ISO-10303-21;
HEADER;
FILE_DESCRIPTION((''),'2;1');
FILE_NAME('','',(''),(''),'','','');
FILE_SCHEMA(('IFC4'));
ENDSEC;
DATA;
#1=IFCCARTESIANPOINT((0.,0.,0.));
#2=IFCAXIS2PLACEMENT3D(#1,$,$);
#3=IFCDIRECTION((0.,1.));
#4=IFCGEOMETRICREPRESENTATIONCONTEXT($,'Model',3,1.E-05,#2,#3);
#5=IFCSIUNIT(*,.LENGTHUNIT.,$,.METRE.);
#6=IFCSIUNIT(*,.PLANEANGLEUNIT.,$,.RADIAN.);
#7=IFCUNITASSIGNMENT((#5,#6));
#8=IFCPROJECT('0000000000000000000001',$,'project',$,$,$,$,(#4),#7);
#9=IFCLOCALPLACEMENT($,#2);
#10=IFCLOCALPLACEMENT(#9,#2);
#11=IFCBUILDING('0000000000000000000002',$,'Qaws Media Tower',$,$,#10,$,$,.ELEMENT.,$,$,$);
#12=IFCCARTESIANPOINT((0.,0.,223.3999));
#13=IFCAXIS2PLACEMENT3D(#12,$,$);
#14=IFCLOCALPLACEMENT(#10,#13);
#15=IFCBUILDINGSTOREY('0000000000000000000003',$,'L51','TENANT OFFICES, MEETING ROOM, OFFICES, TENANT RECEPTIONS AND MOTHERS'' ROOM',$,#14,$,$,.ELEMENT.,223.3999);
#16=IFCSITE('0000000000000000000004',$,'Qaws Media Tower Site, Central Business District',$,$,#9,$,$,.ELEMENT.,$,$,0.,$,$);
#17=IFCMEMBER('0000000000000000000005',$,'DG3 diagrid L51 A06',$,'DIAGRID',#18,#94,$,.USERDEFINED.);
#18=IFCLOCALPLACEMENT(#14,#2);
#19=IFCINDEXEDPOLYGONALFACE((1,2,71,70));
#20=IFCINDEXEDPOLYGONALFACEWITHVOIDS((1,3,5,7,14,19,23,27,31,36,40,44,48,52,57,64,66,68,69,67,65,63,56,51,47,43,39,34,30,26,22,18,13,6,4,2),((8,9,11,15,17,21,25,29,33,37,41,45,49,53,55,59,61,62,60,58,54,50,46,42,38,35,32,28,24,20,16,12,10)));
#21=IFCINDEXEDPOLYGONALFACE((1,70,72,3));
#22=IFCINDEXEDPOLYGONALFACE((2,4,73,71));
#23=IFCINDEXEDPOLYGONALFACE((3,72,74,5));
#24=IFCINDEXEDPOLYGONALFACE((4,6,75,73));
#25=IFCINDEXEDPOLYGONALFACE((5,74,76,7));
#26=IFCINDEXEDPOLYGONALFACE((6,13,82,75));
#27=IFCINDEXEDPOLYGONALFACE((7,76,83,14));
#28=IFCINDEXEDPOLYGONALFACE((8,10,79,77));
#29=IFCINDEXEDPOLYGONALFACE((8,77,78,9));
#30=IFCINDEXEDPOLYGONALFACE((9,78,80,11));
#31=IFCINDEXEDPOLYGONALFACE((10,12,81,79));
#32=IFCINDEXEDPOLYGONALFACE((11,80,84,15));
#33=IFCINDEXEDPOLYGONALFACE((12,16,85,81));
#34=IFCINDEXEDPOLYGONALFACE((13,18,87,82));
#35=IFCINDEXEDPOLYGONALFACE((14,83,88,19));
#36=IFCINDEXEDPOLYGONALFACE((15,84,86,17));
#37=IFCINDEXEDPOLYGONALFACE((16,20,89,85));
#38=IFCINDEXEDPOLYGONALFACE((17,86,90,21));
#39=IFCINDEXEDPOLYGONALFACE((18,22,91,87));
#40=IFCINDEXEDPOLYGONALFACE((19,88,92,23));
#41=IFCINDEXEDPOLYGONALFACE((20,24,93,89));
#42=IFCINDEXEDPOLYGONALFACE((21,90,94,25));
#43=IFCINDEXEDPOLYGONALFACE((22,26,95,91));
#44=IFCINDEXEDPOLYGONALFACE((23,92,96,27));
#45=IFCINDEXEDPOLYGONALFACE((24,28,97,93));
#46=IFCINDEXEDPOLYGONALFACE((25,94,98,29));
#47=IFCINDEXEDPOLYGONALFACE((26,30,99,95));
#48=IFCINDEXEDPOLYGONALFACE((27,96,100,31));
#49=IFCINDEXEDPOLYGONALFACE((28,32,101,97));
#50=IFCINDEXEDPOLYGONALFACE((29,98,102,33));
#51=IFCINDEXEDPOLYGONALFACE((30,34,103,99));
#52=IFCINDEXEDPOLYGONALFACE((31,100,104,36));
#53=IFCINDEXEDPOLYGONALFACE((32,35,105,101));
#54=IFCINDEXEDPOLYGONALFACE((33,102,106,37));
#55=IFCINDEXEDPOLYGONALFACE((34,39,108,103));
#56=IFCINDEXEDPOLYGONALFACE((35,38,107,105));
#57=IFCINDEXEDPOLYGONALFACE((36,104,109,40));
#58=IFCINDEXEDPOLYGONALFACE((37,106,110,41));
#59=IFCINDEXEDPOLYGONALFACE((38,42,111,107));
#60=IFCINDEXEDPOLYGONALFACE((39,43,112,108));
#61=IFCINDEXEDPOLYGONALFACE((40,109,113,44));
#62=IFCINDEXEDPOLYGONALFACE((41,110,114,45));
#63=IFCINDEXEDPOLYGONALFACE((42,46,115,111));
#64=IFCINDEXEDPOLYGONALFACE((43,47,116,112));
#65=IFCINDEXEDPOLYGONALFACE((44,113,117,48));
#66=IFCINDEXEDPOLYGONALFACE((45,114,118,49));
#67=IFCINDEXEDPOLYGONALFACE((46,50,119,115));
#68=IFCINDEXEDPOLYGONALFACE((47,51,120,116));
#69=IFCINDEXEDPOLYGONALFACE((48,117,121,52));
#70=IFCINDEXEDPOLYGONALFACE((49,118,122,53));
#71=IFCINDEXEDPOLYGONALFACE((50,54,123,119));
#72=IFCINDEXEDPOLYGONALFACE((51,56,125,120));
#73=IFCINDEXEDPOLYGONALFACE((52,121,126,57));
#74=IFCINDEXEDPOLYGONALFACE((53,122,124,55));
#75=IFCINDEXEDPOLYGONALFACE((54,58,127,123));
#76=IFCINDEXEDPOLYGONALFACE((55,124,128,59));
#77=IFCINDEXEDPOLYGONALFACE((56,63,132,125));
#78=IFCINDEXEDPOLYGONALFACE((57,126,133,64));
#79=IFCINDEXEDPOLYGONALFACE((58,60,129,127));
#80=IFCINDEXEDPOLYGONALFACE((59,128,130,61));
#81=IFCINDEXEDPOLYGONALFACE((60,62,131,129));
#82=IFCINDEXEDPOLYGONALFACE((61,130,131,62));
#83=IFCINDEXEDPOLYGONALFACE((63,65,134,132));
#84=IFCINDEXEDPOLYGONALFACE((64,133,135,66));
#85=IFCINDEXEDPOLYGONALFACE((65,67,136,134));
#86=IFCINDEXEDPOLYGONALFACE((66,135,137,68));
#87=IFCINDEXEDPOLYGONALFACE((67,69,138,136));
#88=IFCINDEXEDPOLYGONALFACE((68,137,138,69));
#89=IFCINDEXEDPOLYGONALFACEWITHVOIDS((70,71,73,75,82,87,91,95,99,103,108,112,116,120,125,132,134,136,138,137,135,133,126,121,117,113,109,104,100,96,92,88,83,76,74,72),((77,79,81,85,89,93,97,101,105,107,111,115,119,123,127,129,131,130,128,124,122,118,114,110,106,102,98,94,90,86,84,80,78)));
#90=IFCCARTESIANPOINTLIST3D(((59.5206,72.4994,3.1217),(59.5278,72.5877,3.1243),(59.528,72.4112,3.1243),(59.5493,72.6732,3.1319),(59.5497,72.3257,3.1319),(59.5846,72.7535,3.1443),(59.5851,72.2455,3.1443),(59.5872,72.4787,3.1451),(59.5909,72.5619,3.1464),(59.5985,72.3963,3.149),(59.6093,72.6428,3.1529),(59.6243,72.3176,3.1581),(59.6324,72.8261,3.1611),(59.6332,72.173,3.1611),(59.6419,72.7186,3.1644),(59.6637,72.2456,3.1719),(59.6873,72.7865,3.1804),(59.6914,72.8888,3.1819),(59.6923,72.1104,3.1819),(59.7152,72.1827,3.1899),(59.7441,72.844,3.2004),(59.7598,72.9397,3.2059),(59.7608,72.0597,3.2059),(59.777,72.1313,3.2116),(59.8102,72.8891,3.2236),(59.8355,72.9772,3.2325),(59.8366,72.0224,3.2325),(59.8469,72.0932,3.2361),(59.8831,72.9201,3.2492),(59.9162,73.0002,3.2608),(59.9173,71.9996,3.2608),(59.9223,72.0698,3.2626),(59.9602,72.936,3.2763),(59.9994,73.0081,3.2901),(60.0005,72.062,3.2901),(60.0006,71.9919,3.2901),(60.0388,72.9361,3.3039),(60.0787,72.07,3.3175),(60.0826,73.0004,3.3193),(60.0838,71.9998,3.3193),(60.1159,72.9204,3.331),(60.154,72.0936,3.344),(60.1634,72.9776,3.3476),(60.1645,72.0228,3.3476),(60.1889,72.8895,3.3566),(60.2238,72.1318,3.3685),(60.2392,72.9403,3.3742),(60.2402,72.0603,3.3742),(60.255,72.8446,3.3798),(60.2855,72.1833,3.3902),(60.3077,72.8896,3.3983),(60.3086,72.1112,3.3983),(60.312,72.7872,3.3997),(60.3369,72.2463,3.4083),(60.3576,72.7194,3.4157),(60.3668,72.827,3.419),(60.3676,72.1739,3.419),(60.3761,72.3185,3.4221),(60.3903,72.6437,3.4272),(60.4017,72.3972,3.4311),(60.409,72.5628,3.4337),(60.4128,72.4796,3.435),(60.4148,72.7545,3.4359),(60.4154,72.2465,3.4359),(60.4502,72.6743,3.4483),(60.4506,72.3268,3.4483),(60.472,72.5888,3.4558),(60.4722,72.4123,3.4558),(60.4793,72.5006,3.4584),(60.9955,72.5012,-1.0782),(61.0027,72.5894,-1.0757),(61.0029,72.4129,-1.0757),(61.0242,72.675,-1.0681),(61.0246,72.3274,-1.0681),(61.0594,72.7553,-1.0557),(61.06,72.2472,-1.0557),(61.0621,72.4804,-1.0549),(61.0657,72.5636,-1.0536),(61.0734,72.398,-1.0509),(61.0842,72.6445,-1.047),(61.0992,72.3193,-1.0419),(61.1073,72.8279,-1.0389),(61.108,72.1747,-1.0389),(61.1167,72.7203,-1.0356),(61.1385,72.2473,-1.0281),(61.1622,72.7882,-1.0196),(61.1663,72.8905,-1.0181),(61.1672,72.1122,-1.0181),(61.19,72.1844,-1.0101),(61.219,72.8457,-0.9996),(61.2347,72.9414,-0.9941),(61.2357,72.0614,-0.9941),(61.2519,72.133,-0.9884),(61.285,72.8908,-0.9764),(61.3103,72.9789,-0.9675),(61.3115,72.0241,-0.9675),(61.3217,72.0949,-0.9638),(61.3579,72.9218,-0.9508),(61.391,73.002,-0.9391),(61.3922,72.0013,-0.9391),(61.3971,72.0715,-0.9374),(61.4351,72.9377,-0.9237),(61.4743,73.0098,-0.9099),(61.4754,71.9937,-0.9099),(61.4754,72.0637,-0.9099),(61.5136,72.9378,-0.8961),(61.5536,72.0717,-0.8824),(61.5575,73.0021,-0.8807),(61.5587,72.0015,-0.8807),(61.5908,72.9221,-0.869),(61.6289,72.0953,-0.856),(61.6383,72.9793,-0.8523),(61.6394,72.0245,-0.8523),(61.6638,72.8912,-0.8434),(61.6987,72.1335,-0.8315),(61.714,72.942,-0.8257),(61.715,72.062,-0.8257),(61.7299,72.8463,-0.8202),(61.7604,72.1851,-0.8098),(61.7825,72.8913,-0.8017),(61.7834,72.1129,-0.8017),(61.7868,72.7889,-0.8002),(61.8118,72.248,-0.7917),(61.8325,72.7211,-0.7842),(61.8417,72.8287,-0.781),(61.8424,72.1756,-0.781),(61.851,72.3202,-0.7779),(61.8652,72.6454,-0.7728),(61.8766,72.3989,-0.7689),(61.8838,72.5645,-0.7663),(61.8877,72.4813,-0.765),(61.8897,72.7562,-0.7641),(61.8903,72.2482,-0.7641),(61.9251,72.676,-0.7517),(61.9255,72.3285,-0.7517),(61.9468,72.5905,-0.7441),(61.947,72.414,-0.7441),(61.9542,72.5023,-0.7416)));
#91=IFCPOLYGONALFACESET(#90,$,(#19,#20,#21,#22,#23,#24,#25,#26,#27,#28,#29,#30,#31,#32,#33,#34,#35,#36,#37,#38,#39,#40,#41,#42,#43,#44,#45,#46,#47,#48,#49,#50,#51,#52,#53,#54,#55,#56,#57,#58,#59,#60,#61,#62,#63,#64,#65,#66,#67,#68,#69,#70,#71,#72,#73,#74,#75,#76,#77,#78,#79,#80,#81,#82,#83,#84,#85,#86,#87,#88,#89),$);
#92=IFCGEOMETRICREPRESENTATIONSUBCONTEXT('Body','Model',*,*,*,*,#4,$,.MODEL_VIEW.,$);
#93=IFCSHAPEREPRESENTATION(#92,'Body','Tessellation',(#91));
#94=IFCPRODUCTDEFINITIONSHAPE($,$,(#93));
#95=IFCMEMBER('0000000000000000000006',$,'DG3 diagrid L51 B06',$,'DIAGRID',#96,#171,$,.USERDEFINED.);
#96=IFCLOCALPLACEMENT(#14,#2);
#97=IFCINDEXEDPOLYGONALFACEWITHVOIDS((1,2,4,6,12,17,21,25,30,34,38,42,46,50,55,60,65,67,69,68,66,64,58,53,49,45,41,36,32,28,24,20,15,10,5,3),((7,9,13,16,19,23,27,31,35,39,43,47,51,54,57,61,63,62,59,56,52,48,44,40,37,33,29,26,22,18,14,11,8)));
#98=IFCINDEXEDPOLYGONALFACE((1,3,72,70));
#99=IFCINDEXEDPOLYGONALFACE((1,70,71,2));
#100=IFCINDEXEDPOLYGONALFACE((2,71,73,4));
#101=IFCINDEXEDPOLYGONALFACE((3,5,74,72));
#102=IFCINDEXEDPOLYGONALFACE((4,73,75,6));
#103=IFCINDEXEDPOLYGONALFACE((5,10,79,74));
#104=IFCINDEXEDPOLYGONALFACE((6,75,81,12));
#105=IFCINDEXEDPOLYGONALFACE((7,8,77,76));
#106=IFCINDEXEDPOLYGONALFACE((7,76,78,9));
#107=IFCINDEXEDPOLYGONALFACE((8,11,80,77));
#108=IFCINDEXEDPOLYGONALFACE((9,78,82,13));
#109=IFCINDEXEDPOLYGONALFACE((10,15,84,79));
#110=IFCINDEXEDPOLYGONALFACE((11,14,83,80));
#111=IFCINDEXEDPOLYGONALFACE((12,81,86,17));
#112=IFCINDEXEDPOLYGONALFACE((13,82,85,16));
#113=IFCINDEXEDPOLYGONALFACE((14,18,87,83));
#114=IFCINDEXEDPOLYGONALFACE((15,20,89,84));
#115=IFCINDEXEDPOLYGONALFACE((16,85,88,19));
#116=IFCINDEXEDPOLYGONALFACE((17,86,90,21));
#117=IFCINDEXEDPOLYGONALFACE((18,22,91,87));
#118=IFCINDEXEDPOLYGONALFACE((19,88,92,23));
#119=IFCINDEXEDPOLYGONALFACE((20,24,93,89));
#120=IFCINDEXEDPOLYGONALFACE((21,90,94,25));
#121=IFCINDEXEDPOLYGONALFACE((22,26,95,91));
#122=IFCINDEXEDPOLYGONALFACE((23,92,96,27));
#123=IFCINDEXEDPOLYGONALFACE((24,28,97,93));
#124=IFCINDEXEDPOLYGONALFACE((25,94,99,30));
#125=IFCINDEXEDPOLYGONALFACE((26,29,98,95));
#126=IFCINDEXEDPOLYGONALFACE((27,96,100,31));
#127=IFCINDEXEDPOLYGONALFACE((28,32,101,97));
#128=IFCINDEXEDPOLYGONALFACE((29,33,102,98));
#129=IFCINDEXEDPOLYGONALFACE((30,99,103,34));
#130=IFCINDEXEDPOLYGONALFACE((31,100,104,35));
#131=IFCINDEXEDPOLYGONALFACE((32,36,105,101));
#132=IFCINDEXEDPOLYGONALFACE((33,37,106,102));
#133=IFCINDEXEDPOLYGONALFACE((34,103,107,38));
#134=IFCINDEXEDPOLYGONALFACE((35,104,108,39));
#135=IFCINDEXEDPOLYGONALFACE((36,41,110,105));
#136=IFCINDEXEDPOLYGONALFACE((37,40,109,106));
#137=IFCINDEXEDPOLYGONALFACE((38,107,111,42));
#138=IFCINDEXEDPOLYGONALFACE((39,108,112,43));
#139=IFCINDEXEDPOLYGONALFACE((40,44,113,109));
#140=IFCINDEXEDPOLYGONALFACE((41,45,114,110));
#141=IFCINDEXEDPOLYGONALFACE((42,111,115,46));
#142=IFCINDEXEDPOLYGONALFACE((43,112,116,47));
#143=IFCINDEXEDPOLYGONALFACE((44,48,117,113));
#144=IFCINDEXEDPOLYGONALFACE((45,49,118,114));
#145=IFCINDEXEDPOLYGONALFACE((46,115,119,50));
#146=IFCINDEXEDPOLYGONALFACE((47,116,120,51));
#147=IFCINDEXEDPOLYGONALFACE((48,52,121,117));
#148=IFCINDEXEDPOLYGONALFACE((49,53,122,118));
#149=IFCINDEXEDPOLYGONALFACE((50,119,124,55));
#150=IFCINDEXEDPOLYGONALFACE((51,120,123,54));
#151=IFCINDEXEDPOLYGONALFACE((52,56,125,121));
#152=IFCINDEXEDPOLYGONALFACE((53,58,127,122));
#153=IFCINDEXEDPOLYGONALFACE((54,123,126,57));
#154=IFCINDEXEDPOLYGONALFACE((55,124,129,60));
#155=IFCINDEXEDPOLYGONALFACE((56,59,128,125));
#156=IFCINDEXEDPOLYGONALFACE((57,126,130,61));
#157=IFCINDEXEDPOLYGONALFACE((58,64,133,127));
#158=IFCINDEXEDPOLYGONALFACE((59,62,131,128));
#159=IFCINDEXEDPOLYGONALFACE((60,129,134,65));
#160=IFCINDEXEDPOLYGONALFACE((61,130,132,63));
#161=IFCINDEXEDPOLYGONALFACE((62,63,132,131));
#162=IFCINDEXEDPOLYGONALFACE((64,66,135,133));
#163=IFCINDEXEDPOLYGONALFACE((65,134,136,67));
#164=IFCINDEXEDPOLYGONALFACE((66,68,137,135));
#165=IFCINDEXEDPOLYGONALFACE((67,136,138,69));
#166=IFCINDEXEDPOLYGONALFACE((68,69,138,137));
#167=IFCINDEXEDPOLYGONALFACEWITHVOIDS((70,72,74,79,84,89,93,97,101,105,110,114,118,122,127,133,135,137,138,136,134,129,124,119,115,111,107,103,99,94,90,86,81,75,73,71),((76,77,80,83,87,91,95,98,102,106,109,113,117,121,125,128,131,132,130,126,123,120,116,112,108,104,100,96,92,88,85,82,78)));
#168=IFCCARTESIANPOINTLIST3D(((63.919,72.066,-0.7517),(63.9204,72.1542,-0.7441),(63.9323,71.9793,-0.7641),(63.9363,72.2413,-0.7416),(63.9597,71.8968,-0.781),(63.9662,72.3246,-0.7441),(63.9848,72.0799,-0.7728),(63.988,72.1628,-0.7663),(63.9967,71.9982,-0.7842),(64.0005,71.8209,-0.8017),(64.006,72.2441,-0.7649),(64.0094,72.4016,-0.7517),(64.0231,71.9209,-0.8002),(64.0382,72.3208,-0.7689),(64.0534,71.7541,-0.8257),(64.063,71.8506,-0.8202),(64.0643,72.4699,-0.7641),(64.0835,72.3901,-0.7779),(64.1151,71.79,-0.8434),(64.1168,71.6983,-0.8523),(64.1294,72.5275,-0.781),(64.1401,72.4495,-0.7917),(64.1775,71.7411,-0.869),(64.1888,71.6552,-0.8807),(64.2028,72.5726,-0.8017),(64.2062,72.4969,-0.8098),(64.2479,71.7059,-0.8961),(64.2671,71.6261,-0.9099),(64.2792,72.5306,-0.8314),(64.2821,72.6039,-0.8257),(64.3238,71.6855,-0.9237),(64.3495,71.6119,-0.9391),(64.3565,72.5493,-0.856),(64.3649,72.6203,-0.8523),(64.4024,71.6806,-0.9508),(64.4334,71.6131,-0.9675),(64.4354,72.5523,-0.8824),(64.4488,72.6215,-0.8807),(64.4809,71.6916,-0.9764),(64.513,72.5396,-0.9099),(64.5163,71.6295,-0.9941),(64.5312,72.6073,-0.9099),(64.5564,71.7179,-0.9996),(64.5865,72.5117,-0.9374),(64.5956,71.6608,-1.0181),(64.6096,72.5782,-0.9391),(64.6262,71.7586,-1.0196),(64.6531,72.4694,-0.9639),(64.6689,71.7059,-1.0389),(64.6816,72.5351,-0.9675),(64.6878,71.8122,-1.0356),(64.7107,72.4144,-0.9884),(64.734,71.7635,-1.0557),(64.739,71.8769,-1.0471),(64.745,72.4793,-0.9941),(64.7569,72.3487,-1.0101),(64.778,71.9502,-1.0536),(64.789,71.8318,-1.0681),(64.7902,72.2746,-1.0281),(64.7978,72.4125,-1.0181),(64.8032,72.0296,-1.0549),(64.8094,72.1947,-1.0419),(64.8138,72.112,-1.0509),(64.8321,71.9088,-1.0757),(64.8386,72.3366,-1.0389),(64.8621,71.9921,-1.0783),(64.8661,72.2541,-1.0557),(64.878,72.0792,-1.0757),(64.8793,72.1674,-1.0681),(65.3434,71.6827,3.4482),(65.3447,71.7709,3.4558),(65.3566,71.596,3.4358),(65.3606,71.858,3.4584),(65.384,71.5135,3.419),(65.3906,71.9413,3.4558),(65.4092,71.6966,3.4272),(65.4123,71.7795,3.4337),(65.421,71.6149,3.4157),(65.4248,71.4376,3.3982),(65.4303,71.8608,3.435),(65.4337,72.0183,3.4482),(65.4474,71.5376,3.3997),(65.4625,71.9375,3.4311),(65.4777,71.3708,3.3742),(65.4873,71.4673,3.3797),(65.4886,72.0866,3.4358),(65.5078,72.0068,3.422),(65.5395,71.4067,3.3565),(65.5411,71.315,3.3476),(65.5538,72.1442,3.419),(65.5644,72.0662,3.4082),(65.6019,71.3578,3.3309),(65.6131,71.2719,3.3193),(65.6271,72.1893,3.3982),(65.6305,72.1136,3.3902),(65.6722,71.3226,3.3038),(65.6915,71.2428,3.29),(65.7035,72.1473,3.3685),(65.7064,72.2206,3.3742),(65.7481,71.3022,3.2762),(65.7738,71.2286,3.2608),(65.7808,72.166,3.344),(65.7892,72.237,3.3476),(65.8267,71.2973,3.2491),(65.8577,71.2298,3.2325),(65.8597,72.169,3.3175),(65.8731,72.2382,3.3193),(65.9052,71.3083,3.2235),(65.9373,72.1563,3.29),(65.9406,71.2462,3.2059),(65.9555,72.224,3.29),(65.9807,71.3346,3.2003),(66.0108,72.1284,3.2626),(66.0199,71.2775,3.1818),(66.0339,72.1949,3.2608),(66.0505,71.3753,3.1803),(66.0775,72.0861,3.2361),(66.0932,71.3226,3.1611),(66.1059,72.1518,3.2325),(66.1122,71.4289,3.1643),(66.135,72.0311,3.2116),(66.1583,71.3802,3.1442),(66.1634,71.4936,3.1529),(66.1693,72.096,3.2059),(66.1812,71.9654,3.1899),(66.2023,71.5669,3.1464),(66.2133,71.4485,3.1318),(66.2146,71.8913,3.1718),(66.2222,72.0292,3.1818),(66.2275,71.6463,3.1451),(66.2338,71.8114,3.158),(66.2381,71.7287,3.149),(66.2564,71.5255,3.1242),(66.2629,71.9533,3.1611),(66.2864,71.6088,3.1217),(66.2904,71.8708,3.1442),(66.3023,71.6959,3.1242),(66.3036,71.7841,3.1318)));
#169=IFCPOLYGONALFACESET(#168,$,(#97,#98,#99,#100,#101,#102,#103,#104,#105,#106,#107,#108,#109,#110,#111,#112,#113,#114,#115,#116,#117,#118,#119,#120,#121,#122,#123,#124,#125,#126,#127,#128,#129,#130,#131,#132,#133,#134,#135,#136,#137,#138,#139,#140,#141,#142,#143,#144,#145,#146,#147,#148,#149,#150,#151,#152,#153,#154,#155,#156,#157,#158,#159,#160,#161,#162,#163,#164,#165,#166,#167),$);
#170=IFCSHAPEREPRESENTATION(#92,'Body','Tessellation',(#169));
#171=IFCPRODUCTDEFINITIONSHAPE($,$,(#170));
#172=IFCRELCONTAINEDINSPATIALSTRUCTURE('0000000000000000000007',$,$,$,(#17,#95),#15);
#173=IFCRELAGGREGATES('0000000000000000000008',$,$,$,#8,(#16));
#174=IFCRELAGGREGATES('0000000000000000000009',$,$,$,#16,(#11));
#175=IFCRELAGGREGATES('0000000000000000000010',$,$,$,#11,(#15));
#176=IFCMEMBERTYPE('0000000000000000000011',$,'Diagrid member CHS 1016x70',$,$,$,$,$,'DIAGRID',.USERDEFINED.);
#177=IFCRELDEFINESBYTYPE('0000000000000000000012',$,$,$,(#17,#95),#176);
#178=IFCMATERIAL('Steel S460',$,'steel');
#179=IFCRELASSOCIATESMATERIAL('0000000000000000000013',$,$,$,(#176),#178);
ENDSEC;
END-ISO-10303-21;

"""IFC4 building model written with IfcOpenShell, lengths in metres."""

from ifc_helpers import new_model, si_unit, direction, frame, origin, origin_2d, place, context, subcontext, project, spatial, hollow_circle, extrude, material, material_profile, profile_set, type_object, element, save


model = new_model("IFC4")

# Units and contexts
model_context = context("Model", 3, precision=1e-05, world=origin(), true_north=direction((0.0, 1.0)))
body_context = subcontext(model_context, "Body", "Model", "MODEL_VIEW")
ifc_project = project(units=[si_unit("LENGTHUNIT", "METRE"), si_unit("PLANEANGLEUNIT", "RADIAN")], contexts=[model_context])

# Site, building, storey
site_placement = place(None, origin())
site = spatial("IfcSite", under=ifc_project, at=site_placement, Name="Qaws Media Tower Site, Central Business District", CompositionType="ELEMENT", RefElevation=0.0)
building_placement = place(site_placement, origin())
building = spatial("IfcBuilding", under=site, at=building_placement, Name="Qaws Media Tower", CompositionType="ELEMENT")
storey_placement = place(building_placement, frame((0.0, 0.0, 223.3999)))
storey = spatial("IfcBuildingStorey", under=building, at=storey_placement, Name="L51", Description="TENANT OFFICES, MEETING ROOM, OFFICES, TENANT RECEPTIONS AND MOTHERS' ROOM", CompositionType="ELEMENT", Elevation=223.3999)

# Members
ifc_material_1 = material(Name="Steel S460", Category="steel")
ifc_material_profile_1 = material_profile(ifc_material_1, hollow_circle(Radius=0.5081, WallThickness=0.0701, at=origin_2d()), Name="CHS 1016x70")
ifc_profile_set_1 = profile_set([ifc_material_profile_1], Name="Steel S460")
member_type_1 = type_object("IfcMemberType", Name="Diagrid member CHS 1016x70", ElementType="DIAGRID", PredefinedType="USERDEFINED", material=ifc_profile_set_1)
for number, where, z_axis, x_axis, name in (
    (1, (61.4749, 72.5017, -0.9099), (-0.331325, -0.000384, 0.943517), (0.001159, -0.999999, 0.0), "DG3 diagrid L51 A06"),
    (2, (64.3992, 72.1167, -0.9099), (0.319969, -0.086107, 0.943507), (0.259867, 0.965645, 0.0), "DG3 diagrid L51 B06"),
):
    element("IfcMember", number, at=place(storey_placement, frame(where, z_axis=z_axis, x_axis=x_axis)), inside=storey, type_object=member_type_1, Name=name, ObjectType="DIAGRID", PredefinedType="USERDEFINED", context=body_context, shape_type="SweptSolid", body=[
        extrude(hollow_circle(Radius=0.5081, WallThickness=0.0701, at=origin_2d()), origin(), (0.0, 0.0, 1.0), 4.4514),
    ])

save(model, "model.ifc")
